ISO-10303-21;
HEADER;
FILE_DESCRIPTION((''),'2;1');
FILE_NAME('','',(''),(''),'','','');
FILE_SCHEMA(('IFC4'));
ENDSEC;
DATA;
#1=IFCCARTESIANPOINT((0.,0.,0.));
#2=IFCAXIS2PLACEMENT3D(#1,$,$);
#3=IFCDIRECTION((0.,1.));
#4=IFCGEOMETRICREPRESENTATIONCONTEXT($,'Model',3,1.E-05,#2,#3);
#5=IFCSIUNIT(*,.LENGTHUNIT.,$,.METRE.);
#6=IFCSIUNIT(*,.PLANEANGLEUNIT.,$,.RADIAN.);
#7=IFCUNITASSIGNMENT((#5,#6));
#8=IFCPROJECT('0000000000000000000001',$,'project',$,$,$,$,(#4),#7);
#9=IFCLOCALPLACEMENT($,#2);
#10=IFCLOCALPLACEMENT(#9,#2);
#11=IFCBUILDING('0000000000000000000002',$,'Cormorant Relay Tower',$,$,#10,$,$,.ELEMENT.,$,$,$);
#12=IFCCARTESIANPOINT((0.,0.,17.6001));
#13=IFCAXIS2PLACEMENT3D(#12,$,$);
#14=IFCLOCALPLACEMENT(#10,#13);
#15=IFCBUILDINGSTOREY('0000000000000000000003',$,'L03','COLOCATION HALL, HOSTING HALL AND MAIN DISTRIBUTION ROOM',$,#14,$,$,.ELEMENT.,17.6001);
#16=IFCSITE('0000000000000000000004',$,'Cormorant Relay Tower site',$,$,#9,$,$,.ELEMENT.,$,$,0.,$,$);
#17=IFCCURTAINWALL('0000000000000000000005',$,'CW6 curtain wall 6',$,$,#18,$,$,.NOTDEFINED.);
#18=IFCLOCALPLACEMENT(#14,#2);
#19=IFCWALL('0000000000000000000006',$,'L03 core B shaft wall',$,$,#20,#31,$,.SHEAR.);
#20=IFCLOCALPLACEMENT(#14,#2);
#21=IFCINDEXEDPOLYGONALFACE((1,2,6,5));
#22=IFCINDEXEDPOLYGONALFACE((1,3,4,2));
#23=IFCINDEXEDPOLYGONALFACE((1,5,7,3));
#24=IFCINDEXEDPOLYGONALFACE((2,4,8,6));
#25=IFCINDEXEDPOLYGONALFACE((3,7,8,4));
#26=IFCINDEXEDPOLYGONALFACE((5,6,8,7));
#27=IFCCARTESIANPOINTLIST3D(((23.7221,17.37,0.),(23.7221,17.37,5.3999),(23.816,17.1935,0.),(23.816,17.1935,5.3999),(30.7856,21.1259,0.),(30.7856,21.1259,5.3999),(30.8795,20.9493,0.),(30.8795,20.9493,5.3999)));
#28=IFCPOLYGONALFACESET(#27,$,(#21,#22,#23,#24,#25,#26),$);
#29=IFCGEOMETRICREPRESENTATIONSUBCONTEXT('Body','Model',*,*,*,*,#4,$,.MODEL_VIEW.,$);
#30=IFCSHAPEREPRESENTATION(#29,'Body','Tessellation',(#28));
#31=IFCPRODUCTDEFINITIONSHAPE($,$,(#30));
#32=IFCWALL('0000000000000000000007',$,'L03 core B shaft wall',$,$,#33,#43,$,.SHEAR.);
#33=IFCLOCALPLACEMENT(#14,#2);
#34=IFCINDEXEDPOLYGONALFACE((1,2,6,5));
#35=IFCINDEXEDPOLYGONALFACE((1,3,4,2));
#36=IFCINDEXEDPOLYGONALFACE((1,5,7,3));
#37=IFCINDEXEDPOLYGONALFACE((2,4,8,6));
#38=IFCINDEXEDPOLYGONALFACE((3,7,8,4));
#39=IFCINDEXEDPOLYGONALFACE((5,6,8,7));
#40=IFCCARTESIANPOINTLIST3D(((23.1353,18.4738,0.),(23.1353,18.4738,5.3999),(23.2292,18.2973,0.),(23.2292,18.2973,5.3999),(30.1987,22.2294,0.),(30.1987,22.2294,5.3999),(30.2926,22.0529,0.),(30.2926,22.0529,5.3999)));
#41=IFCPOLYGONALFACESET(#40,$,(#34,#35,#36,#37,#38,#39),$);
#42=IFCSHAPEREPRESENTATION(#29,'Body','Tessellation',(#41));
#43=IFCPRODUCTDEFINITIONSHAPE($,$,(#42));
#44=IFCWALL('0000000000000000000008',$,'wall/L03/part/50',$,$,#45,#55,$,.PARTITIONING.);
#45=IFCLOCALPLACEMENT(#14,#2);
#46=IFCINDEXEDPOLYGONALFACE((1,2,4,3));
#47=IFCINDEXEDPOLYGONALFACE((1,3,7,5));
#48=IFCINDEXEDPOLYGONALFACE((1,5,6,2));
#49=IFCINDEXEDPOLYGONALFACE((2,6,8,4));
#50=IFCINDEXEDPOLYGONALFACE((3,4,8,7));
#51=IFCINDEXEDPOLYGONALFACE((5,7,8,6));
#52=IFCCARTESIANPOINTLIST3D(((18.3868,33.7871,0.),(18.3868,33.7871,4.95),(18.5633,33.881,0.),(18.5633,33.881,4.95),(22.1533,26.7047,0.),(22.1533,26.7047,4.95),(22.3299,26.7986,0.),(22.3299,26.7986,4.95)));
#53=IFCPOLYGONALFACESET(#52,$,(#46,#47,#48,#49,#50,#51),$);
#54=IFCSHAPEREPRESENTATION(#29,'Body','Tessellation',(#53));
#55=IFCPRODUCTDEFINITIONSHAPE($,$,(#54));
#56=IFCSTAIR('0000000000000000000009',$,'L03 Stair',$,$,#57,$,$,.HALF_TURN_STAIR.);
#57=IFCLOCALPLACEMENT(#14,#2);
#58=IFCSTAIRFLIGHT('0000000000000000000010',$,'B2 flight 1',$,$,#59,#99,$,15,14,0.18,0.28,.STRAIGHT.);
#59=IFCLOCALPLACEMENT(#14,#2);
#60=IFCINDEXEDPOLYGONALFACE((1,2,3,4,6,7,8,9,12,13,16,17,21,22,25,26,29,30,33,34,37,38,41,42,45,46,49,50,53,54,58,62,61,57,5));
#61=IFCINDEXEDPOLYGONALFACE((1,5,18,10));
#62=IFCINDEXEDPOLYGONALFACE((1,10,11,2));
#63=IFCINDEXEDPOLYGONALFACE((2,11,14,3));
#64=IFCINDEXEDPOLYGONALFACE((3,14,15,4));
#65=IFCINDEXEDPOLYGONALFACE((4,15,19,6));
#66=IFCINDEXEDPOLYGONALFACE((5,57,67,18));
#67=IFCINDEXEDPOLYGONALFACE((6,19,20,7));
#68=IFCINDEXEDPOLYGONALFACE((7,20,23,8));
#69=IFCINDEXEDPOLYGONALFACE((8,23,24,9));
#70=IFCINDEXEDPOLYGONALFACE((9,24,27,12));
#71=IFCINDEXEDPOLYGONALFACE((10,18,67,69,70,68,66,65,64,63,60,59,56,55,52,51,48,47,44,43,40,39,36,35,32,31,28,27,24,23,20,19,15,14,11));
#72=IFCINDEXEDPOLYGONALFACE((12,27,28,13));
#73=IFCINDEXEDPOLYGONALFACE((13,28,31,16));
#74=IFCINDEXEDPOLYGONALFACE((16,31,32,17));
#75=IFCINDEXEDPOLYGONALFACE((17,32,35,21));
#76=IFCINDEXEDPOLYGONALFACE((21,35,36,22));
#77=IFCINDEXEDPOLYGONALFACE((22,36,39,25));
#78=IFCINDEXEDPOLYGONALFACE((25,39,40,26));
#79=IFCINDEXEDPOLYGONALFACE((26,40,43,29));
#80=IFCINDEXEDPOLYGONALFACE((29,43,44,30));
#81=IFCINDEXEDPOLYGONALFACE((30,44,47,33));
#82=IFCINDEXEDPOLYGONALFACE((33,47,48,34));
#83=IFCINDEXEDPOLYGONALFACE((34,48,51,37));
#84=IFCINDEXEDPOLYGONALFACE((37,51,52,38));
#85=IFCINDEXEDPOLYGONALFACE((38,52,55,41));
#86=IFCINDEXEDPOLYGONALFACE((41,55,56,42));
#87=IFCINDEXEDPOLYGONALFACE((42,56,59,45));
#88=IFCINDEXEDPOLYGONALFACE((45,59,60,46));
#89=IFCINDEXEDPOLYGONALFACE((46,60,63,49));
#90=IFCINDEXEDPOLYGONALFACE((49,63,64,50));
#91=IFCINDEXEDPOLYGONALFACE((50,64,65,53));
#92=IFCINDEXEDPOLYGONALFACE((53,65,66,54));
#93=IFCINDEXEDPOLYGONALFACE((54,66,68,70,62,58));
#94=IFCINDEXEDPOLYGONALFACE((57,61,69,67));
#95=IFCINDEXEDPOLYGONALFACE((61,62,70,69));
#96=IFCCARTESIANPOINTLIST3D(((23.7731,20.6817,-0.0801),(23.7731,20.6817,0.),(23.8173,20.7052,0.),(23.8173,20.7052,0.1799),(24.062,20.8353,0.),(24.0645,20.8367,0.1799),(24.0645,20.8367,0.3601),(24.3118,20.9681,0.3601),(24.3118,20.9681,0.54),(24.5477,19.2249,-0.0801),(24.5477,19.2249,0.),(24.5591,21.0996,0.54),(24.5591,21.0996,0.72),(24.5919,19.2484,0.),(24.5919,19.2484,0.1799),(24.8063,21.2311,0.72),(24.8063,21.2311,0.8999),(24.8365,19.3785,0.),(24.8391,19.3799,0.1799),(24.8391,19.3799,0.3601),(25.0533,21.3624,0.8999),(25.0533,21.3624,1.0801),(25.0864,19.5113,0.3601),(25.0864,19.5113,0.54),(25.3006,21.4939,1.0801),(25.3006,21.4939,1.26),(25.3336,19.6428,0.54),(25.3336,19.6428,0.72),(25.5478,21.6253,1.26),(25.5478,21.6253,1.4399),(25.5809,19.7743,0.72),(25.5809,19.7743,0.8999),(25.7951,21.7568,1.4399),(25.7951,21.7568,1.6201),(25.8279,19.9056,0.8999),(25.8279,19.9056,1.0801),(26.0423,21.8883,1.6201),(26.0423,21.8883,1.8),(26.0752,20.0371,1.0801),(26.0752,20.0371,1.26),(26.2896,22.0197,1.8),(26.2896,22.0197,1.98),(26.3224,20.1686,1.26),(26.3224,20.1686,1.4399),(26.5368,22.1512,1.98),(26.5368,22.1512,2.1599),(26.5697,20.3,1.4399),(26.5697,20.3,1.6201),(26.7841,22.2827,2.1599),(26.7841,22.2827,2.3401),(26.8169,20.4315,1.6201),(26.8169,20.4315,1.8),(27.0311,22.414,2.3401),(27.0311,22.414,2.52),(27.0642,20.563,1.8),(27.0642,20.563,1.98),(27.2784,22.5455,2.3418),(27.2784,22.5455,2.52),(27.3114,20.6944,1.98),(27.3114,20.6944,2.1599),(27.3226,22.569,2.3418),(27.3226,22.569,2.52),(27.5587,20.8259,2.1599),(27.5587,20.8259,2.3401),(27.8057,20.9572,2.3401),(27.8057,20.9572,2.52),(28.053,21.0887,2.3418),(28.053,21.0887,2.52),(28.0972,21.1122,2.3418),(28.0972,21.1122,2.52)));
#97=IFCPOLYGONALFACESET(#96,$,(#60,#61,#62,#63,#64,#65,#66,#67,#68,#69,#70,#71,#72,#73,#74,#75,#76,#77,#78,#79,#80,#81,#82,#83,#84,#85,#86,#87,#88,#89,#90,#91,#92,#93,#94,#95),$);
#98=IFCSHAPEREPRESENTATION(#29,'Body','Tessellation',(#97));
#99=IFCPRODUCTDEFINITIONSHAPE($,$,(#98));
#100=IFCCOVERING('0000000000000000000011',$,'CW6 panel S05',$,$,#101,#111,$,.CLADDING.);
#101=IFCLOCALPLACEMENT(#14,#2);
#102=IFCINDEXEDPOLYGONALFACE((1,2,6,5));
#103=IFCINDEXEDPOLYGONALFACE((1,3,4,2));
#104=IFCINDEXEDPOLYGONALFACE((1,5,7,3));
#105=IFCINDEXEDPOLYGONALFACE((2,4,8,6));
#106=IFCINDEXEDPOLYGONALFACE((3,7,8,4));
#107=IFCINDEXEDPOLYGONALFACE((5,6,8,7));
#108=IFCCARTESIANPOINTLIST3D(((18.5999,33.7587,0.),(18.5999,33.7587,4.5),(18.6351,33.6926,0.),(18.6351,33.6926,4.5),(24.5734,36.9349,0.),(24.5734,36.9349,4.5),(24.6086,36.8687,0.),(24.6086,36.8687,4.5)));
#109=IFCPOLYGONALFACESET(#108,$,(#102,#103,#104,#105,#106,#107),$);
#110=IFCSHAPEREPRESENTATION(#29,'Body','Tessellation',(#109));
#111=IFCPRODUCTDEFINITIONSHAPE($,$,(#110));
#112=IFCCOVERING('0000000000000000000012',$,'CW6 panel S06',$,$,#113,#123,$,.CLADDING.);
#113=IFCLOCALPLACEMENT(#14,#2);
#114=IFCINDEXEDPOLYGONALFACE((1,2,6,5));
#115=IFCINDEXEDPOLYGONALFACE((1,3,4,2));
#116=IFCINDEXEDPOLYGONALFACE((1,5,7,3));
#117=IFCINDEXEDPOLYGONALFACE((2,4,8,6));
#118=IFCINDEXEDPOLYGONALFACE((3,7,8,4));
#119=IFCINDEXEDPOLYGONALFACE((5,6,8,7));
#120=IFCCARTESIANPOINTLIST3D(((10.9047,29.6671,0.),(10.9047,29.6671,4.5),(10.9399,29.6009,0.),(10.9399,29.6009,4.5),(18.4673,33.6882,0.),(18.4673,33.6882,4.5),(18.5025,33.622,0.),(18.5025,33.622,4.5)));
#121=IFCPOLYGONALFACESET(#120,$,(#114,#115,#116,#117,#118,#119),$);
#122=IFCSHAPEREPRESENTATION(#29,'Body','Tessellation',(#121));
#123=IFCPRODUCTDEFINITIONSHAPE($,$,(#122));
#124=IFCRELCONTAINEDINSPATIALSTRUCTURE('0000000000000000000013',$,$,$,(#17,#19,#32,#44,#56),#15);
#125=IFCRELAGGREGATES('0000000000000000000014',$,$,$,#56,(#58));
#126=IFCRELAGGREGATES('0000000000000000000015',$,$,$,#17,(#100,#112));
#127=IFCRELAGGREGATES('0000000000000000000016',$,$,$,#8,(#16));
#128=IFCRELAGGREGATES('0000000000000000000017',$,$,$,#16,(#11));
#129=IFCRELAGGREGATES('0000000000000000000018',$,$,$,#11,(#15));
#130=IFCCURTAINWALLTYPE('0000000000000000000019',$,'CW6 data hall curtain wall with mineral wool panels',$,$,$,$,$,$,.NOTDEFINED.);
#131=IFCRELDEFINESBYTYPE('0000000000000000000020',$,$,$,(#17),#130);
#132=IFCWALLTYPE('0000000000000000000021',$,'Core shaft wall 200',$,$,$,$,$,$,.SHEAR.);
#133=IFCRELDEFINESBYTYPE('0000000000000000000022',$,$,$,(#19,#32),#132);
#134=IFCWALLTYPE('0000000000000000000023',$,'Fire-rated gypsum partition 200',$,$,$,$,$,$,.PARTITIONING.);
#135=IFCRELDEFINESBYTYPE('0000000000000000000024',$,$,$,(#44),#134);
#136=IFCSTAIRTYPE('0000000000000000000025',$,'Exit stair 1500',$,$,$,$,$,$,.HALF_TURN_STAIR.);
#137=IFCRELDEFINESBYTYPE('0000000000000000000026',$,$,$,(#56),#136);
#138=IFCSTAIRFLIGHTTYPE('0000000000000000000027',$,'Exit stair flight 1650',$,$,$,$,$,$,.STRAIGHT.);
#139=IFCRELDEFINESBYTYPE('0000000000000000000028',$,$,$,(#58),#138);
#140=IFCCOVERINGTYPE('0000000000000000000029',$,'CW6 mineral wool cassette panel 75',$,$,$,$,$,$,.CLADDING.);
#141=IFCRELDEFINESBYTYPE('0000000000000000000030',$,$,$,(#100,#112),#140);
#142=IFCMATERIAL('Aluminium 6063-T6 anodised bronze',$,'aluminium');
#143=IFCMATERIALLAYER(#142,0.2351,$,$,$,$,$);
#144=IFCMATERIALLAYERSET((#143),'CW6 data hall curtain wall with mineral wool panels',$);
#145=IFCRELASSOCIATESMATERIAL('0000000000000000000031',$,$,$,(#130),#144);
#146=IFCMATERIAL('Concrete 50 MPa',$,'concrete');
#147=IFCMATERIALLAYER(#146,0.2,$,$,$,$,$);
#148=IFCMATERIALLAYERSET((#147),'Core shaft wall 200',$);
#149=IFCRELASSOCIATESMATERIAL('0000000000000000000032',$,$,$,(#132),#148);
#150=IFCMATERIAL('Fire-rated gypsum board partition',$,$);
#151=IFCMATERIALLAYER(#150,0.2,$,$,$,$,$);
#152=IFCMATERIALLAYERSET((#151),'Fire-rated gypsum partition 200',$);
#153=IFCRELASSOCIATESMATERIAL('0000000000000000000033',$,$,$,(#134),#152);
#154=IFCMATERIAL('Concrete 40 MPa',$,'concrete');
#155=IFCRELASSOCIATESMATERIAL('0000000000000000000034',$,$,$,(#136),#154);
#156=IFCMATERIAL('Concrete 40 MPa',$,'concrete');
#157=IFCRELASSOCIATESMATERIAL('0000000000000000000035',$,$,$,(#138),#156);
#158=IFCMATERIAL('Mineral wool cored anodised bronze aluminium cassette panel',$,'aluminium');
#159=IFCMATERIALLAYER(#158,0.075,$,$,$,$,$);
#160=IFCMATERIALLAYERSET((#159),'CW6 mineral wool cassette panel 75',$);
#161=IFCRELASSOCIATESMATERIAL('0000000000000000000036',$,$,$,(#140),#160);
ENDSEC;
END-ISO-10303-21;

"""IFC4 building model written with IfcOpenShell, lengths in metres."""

from ifc_helpers import new_model, si_unit, direction, frame, frame_2d, origin, origin_2d, place, context, subcontext, project, spatial, polyline, rectangle, outline, extrude, material, layer, layer_set, type_object, element, aggregate, save


model = new_model("IFC4")

# Units and contexts
model_context = context("Model", 3, precision=1e-05, world=origin(), true_north=direction((0.0, 1.0)))
body_context = subcontext(model_context, "Body", "Model", "MODEL_VIEW")
ifc_project = project(units=[si_unit("LENGTHUNIT", "METRE"), si_unit("PLANEANGLEUNIT", "RADIAN")], contexts=[model_context])

# Site, building, storey
site_placement = place(None, origin())
site = spatial("IfcSite", under=ifc_project, at=site_placement, Name="Cormorant Relay Tower site", CompositionType="ELEMENT", RefElevation=0.0)
building_placement = place(site_placement, origin())
building = spatial("IfcBuilding", under=site, at=building_placement, Name="Cormorant Relay Tower", CompositionType="ELEMENT")
storey_placement = place(building_placement, frame((0.0, 0.0, 17.6001)))
storey = spatial("IfcBuildingStorey", under=building, at=storey_placement, Name="L03", Description="COLOCATION HALL, HOSTING HALL AND MAIN DISTRIBUTION ROOM", CompositionType="ELEMENT", Elevation=17.6001)

# Curtain wall
ifc_material_1 = material(Name="Aluminium 6063-T6 anodised bronze", Category="aluminium")
ifc_layer_1 = layer(ifc_material_1, 0.2351)
ifc_layer_set_1 = layer_set([ifc_layer_1], Name="CW6 data hall curtain wall with mineral wool panels")
curtain_wall_type = type_object("IfcCurtainWallType", Name="CW6 data hall curtain wall with mineral wool panels", PredefinedType="NOTDEFINED", material=ifc_layer_set_1)
curtain_wall_placement = place(storey_placement, origin())
curtain_wall = element("IfcCurtainWall", 1, at=curtain_wall_placement, inside=storey, type_object=curtain_wall_type, Name="CW6 curtain wall 6", PredefinedType="NOTDEFINED")

# Shared definitions
ifc_material_2 = material(Name="Concrete 50 MPa", Category="concrete")
ifc_layer_2 = layer(ifc_material_2, 0.2)
ifc_layer_set_2 = layer_set([ifc_layer_2], Name="Core shaft wall 200")
wall_type_1 = type_object("IfcWallType", Name="Core shaft wall 200", PredefinedType="SHEAR", material=ifc_layer_set_2)

# Walls
wall_1_placement = place(storey_placement, frame((23.769, 17.2817, 0.0), z_axis=(0.0, 0.0, 1.0), x_axis=(0.88294, 0.469485, 0.0)))
element("IfcWall", 2, at=wall_1_placement, inside=storey, type_object=wall_type_1, Name="L03 core B shaft wall", PredefinedType="SHEAR", context=body_context, shape_type="SweptSolid", body=[
    extrude(rectangle(XDim=8.0, YDim=0.2, at=frame_2d((4.0, 0.0))), origin(), (0.0, 0.0, 1.0), 5.3999),
])
wall_2_placement = place(storey_placement, frame((23.1821, 18.3855, 0.0), z_axis=(0.0, 0.0, 1.0), x_axis=(0.882953, 0.469462, 0.0)))
element("IfcWall", 3, at=wall_2_placement, inside=storey, type_object=wall_type_1, Name="L03 core B shaft wall", PredefinedType="SHEAR", context=body_context, shape_type="SweptSolid", body=[
    extrude(rectangle(XDim=7.9998, YDim=0.2, at=frame_2d((4.0, 0.0))), origin(), (0.0, 0.0, 1.0), 5.3999),
])
ifc_material_3 = material(Name="Fire-rated gypsum board partition")
ifc_layer_3 = layer(ifc_material_3, 0.2)
ifc_layer_set_3 = layer_set([ifc_layer_3], Name="Fire-rated gypsum partition 200")
wall_type_2 = type_object("IfcWallType", Name="Fire-rated gypsum partition 200", PredefinedType="PARTITIONING", material=ifc_layer_set_3)
wall_3_placement = place(storey_placement, frame((18.4751, 33.834, 0.0), z_axis=(0.0, 0.0, 1.0), x_axis=(0.469545, -0.882908, 0.0)))
element("IfcWall", 4, at=wall_3_placement, inside=storey, type_object=wall_type_2, Name="wall/L03/part/50", PredefinedType="PARTITIONING", context=body_context, shape_type="SweptSolid", body=[
    extrude(rectangle(XDim=8.0217, YDim=0.2, at=frame_2d((4.0107, 0.0))), origin(), (0.0, 0.0, 1.0), 4.95),
])

# Stair, stair flight
ifc_material_4 = material(Name="Concrete 40 MPa", Category="concrete")
stair_type = type_object("IfcStairType", Name="Exit stair 1500", PredefinedType="HALF_TURN_STAIR", material=ifc_material_4)
stair_placement = place(storey_placement, origin())
stair = element("IfcStair", 5, at=stair_placement, inside=storey, type_object=stair_type, Name="L03 Stair", PredefinedType="HALF_TURN_STAIR")
ifc_material_5 = material(Name="Concrete 40 MPa", Category="concrete")
stair_flight_type = type_object("IfcStairFlightType", Name="Exit stair flight 1650", PredefinedType="STRAIGHT", material=ifc_material_5)
stair_flight_placement = place(storey_placement, frame((24.2046, 19.9768, 0.0), z_axis=(0.0, 0.0, 1.0), x_axis=(0.882948, 0.469472, 0.0)))
stair_flight = element("IfcStairFlight", 6, at=stair_flight_placement, type_object=stair_flight_type, Name="B2 flight 1", NumberOfRisers=15, NumberOfTreads=14, PredefinedType="STRAIGHT", RiserHeight=0.18, TreadLength=0.28, context=body_context, shape_type="SweptSolid", body=[
    extrude(outline(polyline([(-0.05, -0.0801), (-0.05, 0.0), (0.0, 0.0), (0.0, 0.1799), (0.28, 0.1799), (0.28, 0.3601), (0.5601, 0.3601), (0.5601, 0.54), (0.8401, 0.54), (0.8401, 0.72), (1.1201, 0.72), (1.1201, 0.8999), (1.3999, 0.8999), (1.3999, 1.0801), (1.6799, 1.0801), (1.6799, 1.26), (1.96, 1.26), (1.96, 1.4399), (2.24, 1.4399), (2.24, 1.6201), (2.52, 1.6201), (2.52, 1.8), (2.8, 1.8), (2.8, 1.98), (3.0801, 1.98), (3.0801, 2.1599), (3.3601, 2.1599), (3.3601, 2.3401), (3.6399, 2.3401), (3.6399, 2.52), (3.9199, 2.52), (3.97, 2.52), (3.97, 2.3418), (3.9199, 2.3418), (0.2771, 0.0), (-0.05, -0.0801)])), frame((0.0, 0.825, 0.0), z_axis=(0.0, -1.0, 0.0), x_axis=(1.0, 0.0, 0.0)), (0.0, 0.0, 1.0), 1.6499),
])
aggregate(stair, [stair_flight])

# Coverings
ifc_material_6 = material(Name="Mineral wool cored anodised bronze aluminium cassette panel", Category="aluminium")
ifc_layer_4 = layer(ifc_material_6, 0.075)
ifc_layer_set_4 = layer_set([ifc_layer_4], Name="CW6 mineral wool cassette panel 75")
covering_type = type_object("IfcCoveringType", Name="CW6 mineral wool cassette panel 75", PredefinedType="CLADDING", material=ifc_layer_set_4)
covering_1_placement = place(storey_placement, frame((21.6042, 35.3137, 0.0), z_axis=(0.0, 0.0, 1.0), x_axis=(-0.882948, -0.469472, 0.0)))
covering_1 = element("IfcCovering", 7, at=covering_1_placement, type_object=covering_type, Name="CW6 panel S05", PredefinedType="CLADDING", context=body_context, shape_type="SweptSolid", body=[
    extrude(rectangle(XDim=6.7654, YDim=0.075, at=origin_2d()), origin(), (0.0, 0.0, 1.0), 4.5),
])
covering_2_placement = place(storey_placement, frame((14.7036, 31.6445, 0.0), z_axis=(0.0, 0.0, 1.0), x_axis=(-0.882948, -0.469472, 0.0)))
covering_2 = element("IfcCovering", 8, at=covering_2_placement, type_object=covering_type, Name="CW6 panel S06", PredefinedType="CLADDING", context=body_context, shape_type="SweptSolid", body=[
    extrude(rectangle(XDim=8.5652, YDim=0.075, at=origin_2d()), origin(), (0.0, 0.0, 1.0), 4.5),
])
aggregate(curtain_wall, [covering_1, covering_2])

save(model, "model.ifc")
